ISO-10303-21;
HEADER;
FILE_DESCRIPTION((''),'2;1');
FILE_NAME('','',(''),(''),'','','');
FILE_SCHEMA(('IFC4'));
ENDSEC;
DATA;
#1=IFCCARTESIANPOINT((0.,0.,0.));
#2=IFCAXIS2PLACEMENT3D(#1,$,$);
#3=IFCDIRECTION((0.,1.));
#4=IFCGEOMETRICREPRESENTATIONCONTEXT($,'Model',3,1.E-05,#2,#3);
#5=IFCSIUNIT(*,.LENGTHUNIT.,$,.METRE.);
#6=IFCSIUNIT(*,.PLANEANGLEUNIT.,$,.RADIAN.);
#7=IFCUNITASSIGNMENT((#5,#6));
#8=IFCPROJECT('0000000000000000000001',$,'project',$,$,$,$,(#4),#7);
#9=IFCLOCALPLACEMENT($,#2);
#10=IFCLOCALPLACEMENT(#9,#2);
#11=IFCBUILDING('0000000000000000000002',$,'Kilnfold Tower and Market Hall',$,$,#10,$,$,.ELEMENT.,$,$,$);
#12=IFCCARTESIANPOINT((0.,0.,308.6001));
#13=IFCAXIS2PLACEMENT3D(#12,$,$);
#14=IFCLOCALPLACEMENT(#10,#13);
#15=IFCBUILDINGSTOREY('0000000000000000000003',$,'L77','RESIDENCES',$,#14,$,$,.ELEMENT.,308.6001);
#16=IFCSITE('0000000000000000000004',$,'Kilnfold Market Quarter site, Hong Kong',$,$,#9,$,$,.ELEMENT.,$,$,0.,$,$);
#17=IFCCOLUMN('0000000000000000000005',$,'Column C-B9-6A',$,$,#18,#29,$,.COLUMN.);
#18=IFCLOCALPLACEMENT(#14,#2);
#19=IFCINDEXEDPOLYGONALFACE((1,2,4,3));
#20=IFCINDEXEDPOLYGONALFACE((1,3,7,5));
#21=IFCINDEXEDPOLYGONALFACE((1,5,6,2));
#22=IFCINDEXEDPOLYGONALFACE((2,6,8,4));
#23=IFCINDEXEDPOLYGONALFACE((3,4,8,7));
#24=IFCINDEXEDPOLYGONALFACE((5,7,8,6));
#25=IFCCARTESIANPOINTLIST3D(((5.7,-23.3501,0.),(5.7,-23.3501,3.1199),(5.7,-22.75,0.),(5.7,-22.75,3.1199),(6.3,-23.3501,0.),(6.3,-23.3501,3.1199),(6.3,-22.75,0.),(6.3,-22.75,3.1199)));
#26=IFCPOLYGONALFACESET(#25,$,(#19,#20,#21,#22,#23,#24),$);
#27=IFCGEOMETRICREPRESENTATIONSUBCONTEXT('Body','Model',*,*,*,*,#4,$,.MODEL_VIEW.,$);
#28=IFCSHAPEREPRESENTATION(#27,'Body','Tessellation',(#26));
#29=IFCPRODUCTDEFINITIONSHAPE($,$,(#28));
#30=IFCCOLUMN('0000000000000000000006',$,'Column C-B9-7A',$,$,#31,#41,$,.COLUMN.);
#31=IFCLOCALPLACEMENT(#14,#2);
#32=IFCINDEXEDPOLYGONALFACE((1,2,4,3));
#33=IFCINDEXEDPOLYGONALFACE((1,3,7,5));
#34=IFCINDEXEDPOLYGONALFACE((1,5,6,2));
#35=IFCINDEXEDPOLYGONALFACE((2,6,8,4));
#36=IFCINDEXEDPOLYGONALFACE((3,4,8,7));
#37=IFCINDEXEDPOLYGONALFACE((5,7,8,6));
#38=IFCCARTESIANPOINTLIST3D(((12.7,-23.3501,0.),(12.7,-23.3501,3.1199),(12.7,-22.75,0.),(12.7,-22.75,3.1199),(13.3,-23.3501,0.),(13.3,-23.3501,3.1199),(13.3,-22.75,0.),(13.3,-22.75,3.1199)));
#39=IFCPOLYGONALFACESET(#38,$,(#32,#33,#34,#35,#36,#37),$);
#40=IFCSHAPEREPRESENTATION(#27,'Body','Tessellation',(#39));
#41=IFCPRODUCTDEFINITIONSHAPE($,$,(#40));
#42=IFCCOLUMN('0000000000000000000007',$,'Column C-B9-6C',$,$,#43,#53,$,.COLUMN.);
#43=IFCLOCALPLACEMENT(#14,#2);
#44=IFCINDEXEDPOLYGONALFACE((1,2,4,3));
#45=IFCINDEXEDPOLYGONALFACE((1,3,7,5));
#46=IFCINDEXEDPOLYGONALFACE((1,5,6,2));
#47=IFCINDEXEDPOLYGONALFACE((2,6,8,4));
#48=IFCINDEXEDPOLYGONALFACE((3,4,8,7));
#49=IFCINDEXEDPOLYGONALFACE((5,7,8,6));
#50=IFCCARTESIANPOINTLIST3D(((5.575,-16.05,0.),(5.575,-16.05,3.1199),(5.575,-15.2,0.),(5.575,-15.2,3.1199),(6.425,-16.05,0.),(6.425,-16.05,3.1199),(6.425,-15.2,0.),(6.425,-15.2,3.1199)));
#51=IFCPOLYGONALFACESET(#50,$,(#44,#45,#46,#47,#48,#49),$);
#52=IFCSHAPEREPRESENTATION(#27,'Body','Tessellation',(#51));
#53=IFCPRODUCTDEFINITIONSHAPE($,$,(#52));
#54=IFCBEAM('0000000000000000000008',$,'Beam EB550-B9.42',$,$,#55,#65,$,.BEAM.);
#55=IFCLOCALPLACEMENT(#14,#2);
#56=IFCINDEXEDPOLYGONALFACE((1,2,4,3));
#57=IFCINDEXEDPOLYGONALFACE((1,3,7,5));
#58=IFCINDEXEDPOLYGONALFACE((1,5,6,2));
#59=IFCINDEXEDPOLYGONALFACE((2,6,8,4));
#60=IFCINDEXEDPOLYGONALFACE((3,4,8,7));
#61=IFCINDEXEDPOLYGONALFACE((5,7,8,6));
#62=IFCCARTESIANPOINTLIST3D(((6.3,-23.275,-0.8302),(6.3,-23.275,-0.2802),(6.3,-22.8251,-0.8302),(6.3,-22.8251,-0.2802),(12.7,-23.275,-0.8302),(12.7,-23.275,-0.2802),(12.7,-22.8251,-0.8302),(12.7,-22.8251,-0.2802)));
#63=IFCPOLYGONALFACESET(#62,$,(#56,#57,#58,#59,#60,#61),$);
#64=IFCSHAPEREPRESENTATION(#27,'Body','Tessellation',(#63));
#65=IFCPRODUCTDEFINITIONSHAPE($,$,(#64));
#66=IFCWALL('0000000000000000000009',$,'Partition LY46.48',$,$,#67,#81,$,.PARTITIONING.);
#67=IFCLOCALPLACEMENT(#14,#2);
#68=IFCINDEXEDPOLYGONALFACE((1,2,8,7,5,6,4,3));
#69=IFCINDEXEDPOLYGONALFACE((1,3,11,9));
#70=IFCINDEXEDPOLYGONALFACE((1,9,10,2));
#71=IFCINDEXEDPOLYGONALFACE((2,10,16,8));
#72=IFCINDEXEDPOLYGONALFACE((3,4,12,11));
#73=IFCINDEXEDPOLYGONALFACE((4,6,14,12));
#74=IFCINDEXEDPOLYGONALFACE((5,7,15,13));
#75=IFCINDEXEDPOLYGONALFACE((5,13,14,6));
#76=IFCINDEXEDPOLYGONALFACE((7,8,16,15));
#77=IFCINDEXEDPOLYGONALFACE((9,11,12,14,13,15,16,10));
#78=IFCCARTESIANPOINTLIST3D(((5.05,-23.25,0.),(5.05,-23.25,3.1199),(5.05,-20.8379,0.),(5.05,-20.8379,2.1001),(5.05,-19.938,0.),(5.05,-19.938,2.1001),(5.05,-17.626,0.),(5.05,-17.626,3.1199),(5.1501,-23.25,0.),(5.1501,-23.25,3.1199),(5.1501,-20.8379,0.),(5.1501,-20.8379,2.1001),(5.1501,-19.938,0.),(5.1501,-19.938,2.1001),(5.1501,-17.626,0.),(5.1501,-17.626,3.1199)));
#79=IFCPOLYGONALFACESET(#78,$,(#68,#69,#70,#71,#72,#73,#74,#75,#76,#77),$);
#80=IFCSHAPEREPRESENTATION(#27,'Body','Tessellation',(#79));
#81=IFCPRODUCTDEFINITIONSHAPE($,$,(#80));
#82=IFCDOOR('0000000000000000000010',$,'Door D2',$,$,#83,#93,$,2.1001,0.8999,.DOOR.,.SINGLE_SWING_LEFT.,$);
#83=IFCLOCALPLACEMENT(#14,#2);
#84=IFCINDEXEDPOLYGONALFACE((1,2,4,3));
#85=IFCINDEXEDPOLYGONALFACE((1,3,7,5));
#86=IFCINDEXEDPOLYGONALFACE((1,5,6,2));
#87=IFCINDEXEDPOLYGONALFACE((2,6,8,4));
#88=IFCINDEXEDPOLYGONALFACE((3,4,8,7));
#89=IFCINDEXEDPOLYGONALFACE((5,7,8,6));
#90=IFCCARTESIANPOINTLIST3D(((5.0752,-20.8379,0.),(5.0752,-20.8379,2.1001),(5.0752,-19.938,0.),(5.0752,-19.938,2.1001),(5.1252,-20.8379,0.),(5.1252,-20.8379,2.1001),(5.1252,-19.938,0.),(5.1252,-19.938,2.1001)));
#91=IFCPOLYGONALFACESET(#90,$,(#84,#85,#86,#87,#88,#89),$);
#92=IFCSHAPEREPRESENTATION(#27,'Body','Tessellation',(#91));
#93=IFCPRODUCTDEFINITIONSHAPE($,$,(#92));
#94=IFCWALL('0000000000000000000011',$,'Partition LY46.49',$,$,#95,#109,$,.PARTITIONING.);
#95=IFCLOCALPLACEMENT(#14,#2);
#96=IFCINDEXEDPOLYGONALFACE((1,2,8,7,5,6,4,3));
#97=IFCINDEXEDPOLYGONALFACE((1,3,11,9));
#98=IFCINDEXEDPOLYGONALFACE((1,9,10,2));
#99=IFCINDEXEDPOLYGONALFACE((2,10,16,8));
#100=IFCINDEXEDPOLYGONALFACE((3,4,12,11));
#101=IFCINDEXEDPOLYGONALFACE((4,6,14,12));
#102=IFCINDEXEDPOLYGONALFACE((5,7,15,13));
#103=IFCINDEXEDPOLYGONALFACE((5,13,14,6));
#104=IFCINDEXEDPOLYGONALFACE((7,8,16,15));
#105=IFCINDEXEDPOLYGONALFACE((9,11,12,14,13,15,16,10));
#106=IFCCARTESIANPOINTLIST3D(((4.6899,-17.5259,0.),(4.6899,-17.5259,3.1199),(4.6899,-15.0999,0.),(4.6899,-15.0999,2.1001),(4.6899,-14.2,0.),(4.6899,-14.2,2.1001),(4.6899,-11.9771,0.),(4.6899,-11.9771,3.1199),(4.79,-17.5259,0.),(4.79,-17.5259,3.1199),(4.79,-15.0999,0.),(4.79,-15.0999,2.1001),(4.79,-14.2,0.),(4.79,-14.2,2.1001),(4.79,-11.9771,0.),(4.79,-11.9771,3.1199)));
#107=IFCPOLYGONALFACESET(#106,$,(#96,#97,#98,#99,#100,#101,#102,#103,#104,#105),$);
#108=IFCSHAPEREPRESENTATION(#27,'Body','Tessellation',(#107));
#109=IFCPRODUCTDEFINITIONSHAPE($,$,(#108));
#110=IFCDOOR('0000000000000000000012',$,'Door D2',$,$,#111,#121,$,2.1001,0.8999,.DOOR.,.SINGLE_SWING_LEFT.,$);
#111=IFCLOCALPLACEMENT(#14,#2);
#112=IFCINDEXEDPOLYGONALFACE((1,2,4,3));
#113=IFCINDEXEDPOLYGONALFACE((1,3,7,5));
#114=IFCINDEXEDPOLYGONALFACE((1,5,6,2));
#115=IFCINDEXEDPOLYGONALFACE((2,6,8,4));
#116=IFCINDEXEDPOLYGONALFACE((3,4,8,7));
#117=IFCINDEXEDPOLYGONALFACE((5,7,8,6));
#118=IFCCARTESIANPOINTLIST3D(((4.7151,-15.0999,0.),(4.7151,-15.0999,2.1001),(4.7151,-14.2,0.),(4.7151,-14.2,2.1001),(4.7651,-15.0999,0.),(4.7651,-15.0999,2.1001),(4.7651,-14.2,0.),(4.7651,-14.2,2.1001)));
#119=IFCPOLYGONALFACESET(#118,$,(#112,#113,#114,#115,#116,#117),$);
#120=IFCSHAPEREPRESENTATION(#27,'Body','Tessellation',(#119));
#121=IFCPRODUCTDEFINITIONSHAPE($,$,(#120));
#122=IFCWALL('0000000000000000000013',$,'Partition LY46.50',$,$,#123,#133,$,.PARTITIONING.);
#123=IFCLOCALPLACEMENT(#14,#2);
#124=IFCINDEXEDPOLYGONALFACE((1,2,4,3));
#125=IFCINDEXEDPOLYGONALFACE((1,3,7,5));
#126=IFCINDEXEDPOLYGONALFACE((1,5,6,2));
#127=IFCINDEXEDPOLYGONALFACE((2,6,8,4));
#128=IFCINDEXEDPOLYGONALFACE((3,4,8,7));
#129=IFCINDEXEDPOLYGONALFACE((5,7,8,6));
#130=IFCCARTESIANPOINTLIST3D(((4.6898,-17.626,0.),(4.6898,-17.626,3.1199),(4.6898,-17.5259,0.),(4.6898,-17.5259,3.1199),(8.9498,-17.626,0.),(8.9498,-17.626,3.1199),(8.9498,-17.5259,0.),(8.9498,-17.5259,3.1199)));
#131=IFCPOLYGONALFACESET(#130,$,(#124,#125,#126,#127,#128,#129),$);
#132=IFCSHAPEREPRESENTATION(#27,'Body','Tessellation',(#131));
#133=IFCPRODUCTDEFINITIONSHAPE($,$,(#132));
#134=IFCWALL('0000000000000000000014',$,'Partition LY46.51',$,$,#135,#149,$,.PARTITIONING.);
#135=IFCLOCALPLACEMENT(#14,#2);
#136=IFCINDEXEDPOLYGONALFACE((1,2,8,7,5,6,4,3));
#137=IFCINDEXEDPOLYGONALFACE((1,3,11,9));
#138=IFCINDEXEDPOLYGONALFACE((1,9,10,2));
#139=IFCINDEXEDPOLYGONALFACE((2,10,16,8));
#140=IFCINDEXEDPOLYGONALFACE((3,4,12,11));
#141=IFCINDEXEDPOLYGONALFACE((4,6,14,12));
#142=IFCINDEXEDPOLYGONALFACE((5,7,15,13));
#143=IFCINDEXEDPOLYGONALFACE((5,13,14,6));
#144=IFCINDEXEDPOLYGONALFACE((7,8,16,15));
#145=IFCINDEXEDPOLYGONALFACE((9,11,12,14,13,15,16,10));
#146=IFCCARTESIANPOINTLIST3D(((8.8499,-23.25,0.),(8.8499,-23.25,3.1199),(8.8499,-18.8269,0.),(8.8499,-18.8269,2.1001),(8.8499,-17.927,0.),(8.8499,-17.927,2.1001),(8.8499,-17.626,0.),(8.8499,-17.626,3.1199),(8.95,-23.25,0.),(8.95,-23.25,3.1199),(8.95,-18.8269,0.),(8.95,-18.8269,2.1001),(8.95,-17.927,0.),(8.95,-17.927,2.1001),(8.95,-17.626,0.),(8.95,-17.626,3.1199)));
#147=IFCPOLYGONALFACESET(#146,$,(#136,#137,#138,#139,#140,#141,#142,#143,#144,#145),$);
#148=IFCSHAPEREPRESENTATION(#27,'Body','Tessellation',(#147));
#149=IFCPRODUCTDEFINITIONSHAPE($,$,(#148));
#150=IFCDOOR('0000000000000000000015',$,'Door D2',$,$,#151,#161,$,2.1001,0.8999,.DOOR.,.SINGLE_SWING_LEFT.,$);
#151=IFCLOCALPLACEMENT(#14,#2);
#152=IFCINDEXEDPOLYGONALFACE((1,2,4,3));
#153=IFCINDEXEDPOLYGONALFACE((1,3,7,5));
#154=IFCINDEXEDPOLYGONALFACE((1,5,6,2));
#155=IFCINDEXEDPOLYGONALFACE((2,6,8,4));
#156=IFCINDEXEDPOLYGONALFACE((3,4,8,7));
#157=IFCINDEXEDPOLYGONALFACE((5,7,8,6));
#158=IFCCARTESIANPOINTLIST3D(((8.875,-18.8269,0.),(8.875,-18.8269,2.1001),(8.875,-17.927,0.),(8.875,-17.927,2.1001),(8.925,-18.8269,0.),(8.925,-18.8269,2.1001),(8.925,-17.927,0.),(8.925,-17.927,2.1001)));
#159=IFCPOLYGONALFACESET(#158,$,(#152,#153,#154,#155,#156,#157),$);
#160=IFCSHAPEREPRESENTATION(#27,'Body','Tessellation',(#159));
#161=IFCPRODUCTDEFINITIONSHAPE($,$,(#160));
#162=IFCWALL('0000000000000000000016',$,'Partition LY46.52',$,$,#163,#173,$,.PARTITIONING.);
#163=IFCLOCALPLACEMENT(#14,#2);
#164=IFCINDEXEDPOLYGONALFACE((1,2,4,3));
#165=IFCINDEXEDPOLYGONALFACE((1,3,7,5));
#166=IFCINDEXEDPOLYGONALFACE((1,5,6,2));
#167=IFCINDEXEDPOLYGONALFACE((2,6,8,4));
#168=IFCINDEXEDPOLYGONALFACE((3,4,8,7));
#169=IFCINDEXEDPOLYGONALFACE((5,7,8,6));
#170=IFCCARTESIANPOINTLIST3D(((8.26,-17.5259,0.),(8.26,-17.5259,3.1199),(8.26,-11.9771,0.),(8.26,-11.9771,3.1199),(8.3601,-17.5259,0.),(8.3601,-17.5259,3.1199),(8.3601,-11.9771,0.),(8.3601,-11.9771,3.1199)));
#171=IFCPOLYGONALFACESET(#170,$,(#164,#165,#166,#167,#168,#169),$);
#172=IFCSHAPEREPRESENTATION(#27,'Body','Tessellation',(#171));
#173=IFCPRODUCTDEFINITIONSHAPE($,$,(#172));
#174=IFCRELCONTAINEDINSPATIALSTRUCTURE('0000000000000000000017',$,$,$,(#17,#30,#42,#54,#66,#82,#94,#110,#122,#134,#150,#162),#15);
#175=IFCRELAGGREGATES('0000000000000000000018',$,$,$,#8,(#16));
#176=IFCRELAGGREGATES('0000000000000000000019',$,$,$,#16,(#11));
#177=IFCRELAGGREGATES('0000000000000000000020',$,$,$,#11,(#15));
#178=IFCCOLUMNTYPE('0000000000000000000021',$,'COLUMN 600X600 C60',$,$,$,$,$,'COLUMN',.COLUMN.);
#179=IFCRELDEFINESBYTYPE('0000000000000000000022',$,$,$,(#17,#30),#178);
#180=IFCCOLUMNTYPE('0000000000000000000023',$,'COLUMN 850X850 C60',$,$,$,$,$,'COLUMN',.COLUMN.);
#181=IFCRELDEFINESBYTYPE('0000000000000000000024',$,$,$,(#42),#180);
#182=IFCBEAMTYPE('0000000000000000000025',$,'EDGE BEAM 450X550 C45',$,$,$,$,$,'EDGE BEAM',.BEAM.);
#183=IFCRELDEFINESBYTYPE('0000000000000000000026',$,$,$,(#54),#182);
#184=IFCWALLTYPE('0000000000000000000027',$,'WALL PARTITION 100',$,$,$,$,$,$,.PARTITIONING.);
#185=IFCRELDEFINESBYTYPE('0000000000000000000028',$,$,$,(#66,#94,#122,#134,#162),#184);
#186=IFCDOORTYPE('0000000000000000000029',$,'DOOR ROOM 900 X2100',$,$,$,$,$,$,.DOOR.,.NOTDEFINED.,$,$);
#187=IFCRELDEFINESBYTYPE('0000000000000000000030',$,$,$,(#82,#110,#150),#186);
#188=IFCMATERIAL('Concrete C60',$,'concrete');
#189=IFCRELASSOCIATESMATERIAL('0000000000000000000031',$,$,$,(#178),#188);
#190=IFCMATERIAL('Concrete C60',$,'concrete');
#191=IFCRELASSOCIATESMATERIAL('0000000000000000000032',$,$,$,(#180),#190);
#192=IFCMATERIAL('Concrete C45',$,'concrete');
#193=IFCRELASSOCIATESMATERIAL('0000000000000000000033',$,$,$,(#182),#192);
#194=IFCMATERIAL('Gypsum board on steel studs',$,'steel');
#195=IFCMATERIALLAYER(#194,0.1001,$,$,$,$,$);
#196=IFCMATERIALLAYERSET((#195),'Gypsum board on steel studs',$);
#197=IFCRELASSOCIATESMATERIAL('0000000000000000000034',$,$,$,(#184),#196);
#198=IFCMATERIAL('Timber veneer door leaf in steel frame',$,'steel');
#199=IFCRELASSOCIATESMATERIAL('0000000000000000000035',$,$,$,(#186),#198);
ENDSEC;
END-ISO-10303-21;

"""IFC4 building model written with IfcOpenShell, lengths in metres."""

from ifc_helpers import new_model, si_unit, direction, frame, frame_2d, origin, origin_2d, place, context, subcontext, project, spatial, rectangle, extrude, source, transform, mapped, material, layer, layer_set, material_profile, profile_set, type_object, element, fill, save


model = new_model("IFC4")

# Units and contexts
model_context = context("Model", 3, precision=1e-05, world=origin(), true_north=direction((0.0, 1.0)))
body_context = subcontext(model_context, "Body", "Model", "MODEL_VIEW")
ifc_project = project(units=[si_unit("LENGTHUNIT", "METRE"), si_unit("PLANEANGLEUNIT", "RADIAN")], contexts=[model_context])

# Site, building, storey
site_placement = place(None, origin())
site = spatial("IfcSite", under=ifc_project, at=site_placement, Name="Kilnfold Market Quarter site, Hong Kong", CompositionType="ELEMENT", RefElevation=0.0)
building_placement = place(site_placement, origin())
building = spatial("IfcBuilding", under=site, at=building_placement, Name="Kilnfold Tower and Market Hall", CompositionType="ELEMENT")
storey_placement = place(building_placement, frame((0.0, 0.0, 308.6001)))
storey = spatial("IfcBuildingStorey", under=building, at=storey_placement, Name="L77", Description="RESIDENCES", CompositionType="ELEMENT", Elevation=308.6001)

# Columns
ifc_material_1 = material(Name="Concrete C60", Category="concrete")
ifc_material_profile_1 = material_profile(ifc_material_1, rectangle(XDim=0.6001, YDim=0.6001, at=origin_2d()), Name="RC 600x600")
ifc_profile_set_1 = profile_set([ifc_material_profile_1], Name="Concrete C60")
column_type_1 = type_object("IfcColumnType", Name="COLUMN 600X600 C60", ElementType="COLUMN", PredefinedType="COLUMN", material=ifc_profile_set_1)
shared_shape_1 = source(origin(), body_context, "Body", "SweptSolid", [
    extrude(rectangle(XDim=0.6001, YDim=0.6001, at=origin_2d()), origin(), (0.0, 0.0, 1.0), 3.1199),
])
for number, where, z_axis, x_axis, name in (
    (1, (6.0, -23.05, 0.0), (0.0, 0.0, 1.0), (1.0, 0.0, 0.0), "Column C-B9-6A"),
    (2, (13.0, -23.05, 0.0), (0.0, 0.0, 1.0), (1.0, 0.0, 0.0), "Column C-B9-7A"),
):
    element("IfcColumn", number, at=place(storey_placement, frame(where, z_axis=z_axis, x_axis=x_axis)), inside=storey, type_object=column_type_1, Name=name, PredefinedType="COLUMN", context=body_context, shape_type="MappedRepresentation", body=[
        mapped(shared_shape_1, transform((0.0, 0.0, 0.0))),
    ])
ifc_material_2 = material(Name="Concrete C60", Category="concrete")
ifc_material_profile_2 = material_profile(ifc_material_2, rectangle(XDim=0.8501, YDim=0.8501, at=origin_2d()), Name="RC 850x850")
ifc_profile_set_2 = profile_set([ifc_material_profile_2], Name="Concrete C60")
column_type_2 = type_object("IfcColumnType", Name="COLUMN 850X850 C60", ElementType="COLUMN", PredefinedType="COLUMN", material=ifc_profile_set_2)
shared_shape_2 = source(origin(), body_context, "Body", "SweptSolid", [
    extrude(rectangle(XDim=0.8501, YDim=0.8501, at=origin_2d()), origin(), (0.0, 0.0, 1.0), 3.1199),
])
column_placement = place(storey_placement, frame((6.0, -15.625, 0.0), z_axis=(0.0, 0.0, 1.0), x_axis=(1.0, 0.0, 0.0)))
element("IfcColumn", 3, at=column_placement, inside=storey, type_object=column_type_2, Name="Column C-B9-6C", PredefinedType="COLUMN", context=body_context, shape_type="MappedRepresentation", body=[
    mapped(shared_shape_2, transform((0.0, 0.0, 0.0))),
])

# Beam
ifc_material_3 = material(Name="Concrete C45", Category="concrete")
ifc_material_profile_3 = material_profile(ifc_material_3, rectangle(XDim=0.45, YDim=0.55, at=origin_2d()), Name="RC 450x550")
ifc_profile_set_3 = profile_set([ifc_material_profile_3], Name="Concrete C45")
beam_type = type_object("IfcBeamType", Name="EDGE BEAM 450X550 C45", ElementType="EDGE BEAM", PredefinedType="BEAM", material=ifc_profile_set_3)
shared_shape_3 = source(origin(), body_context, "Body", "SweptSolid", [
    extrude(rectangle(XDim=0.45, YDim=0.55, at=origin_2d()), origin(), (0.0, 0.0, 1.0), 6.3999),
])
beam_placement = place(storey_placement, frame((6.3, -23.05, -0.5552), z_axis=(1.0, 0.0, 0.0), x_axis=(0.0, 1.0, 0.0)))
element("IfcBeam", 4, at=beam_placement, inside=storey, type_object=beam_type, Name="Beam EB550-B9.42", PredefinedType="BEAM", context=body_context, shape_type="MappedRepresentation", body=[
    mapped(shared_shape_3, transform((0.0, 0.0, 0.0))),
])

# Walls, openings, doors
ifc_material_4 = material(Name="Gypsum board on steel studs", Category="steel")
ifc_layer_1 = layer(ifc_material_4, 0.1001)
ifc_layer_set_1 = layer_set([ifc_layer_1], Name="Gypsum board on steel studs")
wall_type_1 = type_object("IfcWallType", Name="WALL PARTITION 100", PredefinedType="PARTITIONING", material=ifc_layer_set_1)
wall_1_placement = place(storey_placement, frame((5.1001, -23.25, 0.0), z_axis=(0.0, 0.0, 1.0), x_axis=(0.0, 1.0, 0.0)))
wall_1 = element("IfcWall", 5, at=wall_1_placement, inside=storey, type_object=wall_type_1, Name="Partition LY46.48", PredefinedType="PARTITIONING", context=body_context, shape_type="SweptSolid", body=[
    extrude(rectangle(XDim=5.624, YDim=0.1001, at=frame_2d((2.812, 0.0))), origin(), (0.0, 0.0, 1.0), 3.1199),
])
opening_1_placement = place(wall_1_placement, frame((2.4121, 0.0, 0.0)))
opening_1 = element("IfcOpeningElement", 6, at=opening_1_placement, cuts=wall_1, PredefinedType="OPENING", context=body_context, shape_type="SweptSolid", body=[
    extrude(rectangle(XDim=0.8999, YDim=2.1001, at=frame_2d((0.45, 1.05))), frame((0.0, 0.0601, 0.0), z_axis=(0.0, -1.0, 0.0), x_axis=(1.0, 0.0, 0.0)), (0.0, 0.0, 1.0), 0.1201),
])
ifc_material_5 = material(Name="Timber veneer door leaf in steel frame", Category="steel")
door_type_1 = type_object("IfcDoorType", Name="DOOR ROOM 900 X2100", OperationType="NOTDEFINED", PredefinedType="DOOR", material=ifc_material_5)
door_1_placement = place(opening_1_placement, origin())
door_1 = element("IfcDoor", 7, at=door_1_placement, inside=storey, type_object=door_type_1, Name="Door D2", OperationType="SINGLE_SWING_LEFT", OverallHeight=2.1001, OverallWidth=0.8999, PredefinedType="DOOR", context=body_context, shape_type="SweptSolid", body=[
    extrude(rectangle(XDim=0.8999, YDim=2.1001, at=frame_2d((0.45, 1.05))), frame((0.0, 0.0249, 0.0), z_axis=(0.0, -1.0, 0.0), x_axis=(1.0, 0.0, 0.0)), (0.0, 0.0, 1.0), 0.05),
])
fill(opening_1, door_1)
wall_2_placement = place(storey_placement, frame((4.74, -17.5259, 0.0), z_axis=(0.0, 0.0, 1.0), x_axis=(0.0, 1.0, 0.0)))
wall_2 = element("IfcWall", 8, at=wall_2_placement, inside=storey, type_object=wall_type_1, Name="Partition LY46.49", PredefinedType="PARTITIONING", context=body_context, shape_type="SweptSolid", body=[
    extrude(rectangle(XDim=5.5488, YDim=0.1001, at=frame_2d((2.7744, 0.0))), origin(), (0.0, 0.0, 1.0), 3.1199),
])
opening_2_placement = place(wall_2_placement, frame((2.426, 0.0, 0.0)))
opening_2 = element("IfcOpeningElement", 9, at=opening_2_placement, cuts=wall_2, PredefinedType="OPENING", context=body_context, shape_type="SweptSolid", body=[
    extrude(rectangle(XDim=0.8999, YDim=2.1001, at=frame_2d((0.45, 1.05))), frame((0.0, 0.0601, 0.0), z_axis=(0.0, -1.0, 0.0), x_axis=(1.0, 0.0, 0.0)), (0.0, 0.0, 1.0), 0.1201),
])
door_2_placement = place(opening_2_placement, origin())
door_2 = element("IfcDoor", 10, at=door_2_placement, inside=storey, type_object=door_type_1, Name="Door D2", OperationType="SINGLE_SWING_LEFT", OverallHeight=2.1001, OverallWidth=0.8999, PredefinedType="DOOR", context=body_context, shape_type="SweptSolid", body=[
    extrude(rectangle(XDim=0.8999, YDim=2.1001, at=frame_2d((0.45, 1.05))), frame((0.0, 0.0249, 0.0), z_axis=(0.0, -1.0, 0.0), x_axis=(1.0, 0.0, 0.0)), (0.0, 0.0, 1.0), 0.05),
])
fill(opening_2, door_2)

# Wall
wall_3_placement = place(storey_placement, frame((4.6899, -17.5759, 0.0), z_axis=(0.0, 0.0, 1.0), x_axis=(1.0, 0.0, 0.0)))
element("IfcWall", 11, at=wall_3_placement, inside=storey, type_object=wall_type_1, Name="Partition LY46.50", PredefinedType="PARTITIONING", context=body_context, shape_type="SweptSolid", body=[
    extrude(rectangle(XDim=4.26, YDim=0.1001, at=frame_2d((2.1299, 0.0))), origin(), (0.0, 0.0, 1.0), 3.1199),
])

# Wall, opening, door
wall_4_placement = place(storey_placement, frame((8.8999, -23.25, 0.0), z_axis=(0.0, 0.0, 1.0), x_axis=(0.0, 1.0, 0.0)))
wall_4 = element("IfcWall", 12, at=wall_4_placement, inside=storey, type_object=wall_type_1, Name="Partition LY46.51", PredefinedType="PARTITIONING", context=body_context, shape_type="SweptSolid", body=[
    extrude(rectangle(XDim=5.624, YDim=0.1001, at=frame_2d((2.812, 0.0))), origin(), (0.0, 0.0, 1.0), 3.1199),
])
opening_3_placement = place(wall_4_placement, frame((4.4231, 0.0, 0.0)))
opening_3 = element("IfcOpeningElement", 13, at=opening_3_placement, cuts=wall_4, PredefinedType="OPENING", context=body_context, shape_type="SweptSolid", body=[
    extrude(rectangle(XDim=0.8999, YDim=2.1001, at=frame_2d((0.45, 1.05))), frame((0.0, 0.0601, 0.0), z_axis=(0.0, -1.0, 0.0), x_axis=(1.0, 0.0, 0.0)), (0.0, 0.0, 1.0), 0.1201),
])
door_3_placement = place(opening_3_placement, origin())
door_3 = element("IfcDoor", 14, at=door_3_placement, inside=storey, type_object=door_type_1, Name="Door D2", OperationType="SINGLE_SWING_LEFT", OverallHeight=2.1001, OverallWidth=0.8999, PredefinedType="DOOR", context=body_context, shape_type="SweptSolid", body=[
    extrude(rectangle(XDim=0.8999, YDim=2.1001, at=frame_2d((0.45, 1.05))), frame((0.0, 0.0249, 0.0), z_axis=(0.0, -1.0, 0.0), x_axis=(1.0, 0.0, 0.0)), (0.0, 0.0, 1.0), 0.05),
])
fill(opening_3, door_3)

# Wall
wall_5_placement = place(storey_placement, frame((8.3101, -17.5259, 0.0), z_axis=(0.0, 0.0, 1.0), x_axis=(0.0, 1.0, 0.0)))
element("IfcWall", 15, at=wall_5_placement, inside=storey, type_object=wall_type_1, Name="Partition LY46.52", PredefinedType="PARTITIONING", context=body_context, shape_type="SweptSolid", body=[
    extrude(rectangle(XDim=5.5488, YDim=0.1001, at=frame_2d((2.7744, 0.0))), origin(), (0.0, 0.0, 1.0), 3.1199),
])

save(model, "model.ifc")
